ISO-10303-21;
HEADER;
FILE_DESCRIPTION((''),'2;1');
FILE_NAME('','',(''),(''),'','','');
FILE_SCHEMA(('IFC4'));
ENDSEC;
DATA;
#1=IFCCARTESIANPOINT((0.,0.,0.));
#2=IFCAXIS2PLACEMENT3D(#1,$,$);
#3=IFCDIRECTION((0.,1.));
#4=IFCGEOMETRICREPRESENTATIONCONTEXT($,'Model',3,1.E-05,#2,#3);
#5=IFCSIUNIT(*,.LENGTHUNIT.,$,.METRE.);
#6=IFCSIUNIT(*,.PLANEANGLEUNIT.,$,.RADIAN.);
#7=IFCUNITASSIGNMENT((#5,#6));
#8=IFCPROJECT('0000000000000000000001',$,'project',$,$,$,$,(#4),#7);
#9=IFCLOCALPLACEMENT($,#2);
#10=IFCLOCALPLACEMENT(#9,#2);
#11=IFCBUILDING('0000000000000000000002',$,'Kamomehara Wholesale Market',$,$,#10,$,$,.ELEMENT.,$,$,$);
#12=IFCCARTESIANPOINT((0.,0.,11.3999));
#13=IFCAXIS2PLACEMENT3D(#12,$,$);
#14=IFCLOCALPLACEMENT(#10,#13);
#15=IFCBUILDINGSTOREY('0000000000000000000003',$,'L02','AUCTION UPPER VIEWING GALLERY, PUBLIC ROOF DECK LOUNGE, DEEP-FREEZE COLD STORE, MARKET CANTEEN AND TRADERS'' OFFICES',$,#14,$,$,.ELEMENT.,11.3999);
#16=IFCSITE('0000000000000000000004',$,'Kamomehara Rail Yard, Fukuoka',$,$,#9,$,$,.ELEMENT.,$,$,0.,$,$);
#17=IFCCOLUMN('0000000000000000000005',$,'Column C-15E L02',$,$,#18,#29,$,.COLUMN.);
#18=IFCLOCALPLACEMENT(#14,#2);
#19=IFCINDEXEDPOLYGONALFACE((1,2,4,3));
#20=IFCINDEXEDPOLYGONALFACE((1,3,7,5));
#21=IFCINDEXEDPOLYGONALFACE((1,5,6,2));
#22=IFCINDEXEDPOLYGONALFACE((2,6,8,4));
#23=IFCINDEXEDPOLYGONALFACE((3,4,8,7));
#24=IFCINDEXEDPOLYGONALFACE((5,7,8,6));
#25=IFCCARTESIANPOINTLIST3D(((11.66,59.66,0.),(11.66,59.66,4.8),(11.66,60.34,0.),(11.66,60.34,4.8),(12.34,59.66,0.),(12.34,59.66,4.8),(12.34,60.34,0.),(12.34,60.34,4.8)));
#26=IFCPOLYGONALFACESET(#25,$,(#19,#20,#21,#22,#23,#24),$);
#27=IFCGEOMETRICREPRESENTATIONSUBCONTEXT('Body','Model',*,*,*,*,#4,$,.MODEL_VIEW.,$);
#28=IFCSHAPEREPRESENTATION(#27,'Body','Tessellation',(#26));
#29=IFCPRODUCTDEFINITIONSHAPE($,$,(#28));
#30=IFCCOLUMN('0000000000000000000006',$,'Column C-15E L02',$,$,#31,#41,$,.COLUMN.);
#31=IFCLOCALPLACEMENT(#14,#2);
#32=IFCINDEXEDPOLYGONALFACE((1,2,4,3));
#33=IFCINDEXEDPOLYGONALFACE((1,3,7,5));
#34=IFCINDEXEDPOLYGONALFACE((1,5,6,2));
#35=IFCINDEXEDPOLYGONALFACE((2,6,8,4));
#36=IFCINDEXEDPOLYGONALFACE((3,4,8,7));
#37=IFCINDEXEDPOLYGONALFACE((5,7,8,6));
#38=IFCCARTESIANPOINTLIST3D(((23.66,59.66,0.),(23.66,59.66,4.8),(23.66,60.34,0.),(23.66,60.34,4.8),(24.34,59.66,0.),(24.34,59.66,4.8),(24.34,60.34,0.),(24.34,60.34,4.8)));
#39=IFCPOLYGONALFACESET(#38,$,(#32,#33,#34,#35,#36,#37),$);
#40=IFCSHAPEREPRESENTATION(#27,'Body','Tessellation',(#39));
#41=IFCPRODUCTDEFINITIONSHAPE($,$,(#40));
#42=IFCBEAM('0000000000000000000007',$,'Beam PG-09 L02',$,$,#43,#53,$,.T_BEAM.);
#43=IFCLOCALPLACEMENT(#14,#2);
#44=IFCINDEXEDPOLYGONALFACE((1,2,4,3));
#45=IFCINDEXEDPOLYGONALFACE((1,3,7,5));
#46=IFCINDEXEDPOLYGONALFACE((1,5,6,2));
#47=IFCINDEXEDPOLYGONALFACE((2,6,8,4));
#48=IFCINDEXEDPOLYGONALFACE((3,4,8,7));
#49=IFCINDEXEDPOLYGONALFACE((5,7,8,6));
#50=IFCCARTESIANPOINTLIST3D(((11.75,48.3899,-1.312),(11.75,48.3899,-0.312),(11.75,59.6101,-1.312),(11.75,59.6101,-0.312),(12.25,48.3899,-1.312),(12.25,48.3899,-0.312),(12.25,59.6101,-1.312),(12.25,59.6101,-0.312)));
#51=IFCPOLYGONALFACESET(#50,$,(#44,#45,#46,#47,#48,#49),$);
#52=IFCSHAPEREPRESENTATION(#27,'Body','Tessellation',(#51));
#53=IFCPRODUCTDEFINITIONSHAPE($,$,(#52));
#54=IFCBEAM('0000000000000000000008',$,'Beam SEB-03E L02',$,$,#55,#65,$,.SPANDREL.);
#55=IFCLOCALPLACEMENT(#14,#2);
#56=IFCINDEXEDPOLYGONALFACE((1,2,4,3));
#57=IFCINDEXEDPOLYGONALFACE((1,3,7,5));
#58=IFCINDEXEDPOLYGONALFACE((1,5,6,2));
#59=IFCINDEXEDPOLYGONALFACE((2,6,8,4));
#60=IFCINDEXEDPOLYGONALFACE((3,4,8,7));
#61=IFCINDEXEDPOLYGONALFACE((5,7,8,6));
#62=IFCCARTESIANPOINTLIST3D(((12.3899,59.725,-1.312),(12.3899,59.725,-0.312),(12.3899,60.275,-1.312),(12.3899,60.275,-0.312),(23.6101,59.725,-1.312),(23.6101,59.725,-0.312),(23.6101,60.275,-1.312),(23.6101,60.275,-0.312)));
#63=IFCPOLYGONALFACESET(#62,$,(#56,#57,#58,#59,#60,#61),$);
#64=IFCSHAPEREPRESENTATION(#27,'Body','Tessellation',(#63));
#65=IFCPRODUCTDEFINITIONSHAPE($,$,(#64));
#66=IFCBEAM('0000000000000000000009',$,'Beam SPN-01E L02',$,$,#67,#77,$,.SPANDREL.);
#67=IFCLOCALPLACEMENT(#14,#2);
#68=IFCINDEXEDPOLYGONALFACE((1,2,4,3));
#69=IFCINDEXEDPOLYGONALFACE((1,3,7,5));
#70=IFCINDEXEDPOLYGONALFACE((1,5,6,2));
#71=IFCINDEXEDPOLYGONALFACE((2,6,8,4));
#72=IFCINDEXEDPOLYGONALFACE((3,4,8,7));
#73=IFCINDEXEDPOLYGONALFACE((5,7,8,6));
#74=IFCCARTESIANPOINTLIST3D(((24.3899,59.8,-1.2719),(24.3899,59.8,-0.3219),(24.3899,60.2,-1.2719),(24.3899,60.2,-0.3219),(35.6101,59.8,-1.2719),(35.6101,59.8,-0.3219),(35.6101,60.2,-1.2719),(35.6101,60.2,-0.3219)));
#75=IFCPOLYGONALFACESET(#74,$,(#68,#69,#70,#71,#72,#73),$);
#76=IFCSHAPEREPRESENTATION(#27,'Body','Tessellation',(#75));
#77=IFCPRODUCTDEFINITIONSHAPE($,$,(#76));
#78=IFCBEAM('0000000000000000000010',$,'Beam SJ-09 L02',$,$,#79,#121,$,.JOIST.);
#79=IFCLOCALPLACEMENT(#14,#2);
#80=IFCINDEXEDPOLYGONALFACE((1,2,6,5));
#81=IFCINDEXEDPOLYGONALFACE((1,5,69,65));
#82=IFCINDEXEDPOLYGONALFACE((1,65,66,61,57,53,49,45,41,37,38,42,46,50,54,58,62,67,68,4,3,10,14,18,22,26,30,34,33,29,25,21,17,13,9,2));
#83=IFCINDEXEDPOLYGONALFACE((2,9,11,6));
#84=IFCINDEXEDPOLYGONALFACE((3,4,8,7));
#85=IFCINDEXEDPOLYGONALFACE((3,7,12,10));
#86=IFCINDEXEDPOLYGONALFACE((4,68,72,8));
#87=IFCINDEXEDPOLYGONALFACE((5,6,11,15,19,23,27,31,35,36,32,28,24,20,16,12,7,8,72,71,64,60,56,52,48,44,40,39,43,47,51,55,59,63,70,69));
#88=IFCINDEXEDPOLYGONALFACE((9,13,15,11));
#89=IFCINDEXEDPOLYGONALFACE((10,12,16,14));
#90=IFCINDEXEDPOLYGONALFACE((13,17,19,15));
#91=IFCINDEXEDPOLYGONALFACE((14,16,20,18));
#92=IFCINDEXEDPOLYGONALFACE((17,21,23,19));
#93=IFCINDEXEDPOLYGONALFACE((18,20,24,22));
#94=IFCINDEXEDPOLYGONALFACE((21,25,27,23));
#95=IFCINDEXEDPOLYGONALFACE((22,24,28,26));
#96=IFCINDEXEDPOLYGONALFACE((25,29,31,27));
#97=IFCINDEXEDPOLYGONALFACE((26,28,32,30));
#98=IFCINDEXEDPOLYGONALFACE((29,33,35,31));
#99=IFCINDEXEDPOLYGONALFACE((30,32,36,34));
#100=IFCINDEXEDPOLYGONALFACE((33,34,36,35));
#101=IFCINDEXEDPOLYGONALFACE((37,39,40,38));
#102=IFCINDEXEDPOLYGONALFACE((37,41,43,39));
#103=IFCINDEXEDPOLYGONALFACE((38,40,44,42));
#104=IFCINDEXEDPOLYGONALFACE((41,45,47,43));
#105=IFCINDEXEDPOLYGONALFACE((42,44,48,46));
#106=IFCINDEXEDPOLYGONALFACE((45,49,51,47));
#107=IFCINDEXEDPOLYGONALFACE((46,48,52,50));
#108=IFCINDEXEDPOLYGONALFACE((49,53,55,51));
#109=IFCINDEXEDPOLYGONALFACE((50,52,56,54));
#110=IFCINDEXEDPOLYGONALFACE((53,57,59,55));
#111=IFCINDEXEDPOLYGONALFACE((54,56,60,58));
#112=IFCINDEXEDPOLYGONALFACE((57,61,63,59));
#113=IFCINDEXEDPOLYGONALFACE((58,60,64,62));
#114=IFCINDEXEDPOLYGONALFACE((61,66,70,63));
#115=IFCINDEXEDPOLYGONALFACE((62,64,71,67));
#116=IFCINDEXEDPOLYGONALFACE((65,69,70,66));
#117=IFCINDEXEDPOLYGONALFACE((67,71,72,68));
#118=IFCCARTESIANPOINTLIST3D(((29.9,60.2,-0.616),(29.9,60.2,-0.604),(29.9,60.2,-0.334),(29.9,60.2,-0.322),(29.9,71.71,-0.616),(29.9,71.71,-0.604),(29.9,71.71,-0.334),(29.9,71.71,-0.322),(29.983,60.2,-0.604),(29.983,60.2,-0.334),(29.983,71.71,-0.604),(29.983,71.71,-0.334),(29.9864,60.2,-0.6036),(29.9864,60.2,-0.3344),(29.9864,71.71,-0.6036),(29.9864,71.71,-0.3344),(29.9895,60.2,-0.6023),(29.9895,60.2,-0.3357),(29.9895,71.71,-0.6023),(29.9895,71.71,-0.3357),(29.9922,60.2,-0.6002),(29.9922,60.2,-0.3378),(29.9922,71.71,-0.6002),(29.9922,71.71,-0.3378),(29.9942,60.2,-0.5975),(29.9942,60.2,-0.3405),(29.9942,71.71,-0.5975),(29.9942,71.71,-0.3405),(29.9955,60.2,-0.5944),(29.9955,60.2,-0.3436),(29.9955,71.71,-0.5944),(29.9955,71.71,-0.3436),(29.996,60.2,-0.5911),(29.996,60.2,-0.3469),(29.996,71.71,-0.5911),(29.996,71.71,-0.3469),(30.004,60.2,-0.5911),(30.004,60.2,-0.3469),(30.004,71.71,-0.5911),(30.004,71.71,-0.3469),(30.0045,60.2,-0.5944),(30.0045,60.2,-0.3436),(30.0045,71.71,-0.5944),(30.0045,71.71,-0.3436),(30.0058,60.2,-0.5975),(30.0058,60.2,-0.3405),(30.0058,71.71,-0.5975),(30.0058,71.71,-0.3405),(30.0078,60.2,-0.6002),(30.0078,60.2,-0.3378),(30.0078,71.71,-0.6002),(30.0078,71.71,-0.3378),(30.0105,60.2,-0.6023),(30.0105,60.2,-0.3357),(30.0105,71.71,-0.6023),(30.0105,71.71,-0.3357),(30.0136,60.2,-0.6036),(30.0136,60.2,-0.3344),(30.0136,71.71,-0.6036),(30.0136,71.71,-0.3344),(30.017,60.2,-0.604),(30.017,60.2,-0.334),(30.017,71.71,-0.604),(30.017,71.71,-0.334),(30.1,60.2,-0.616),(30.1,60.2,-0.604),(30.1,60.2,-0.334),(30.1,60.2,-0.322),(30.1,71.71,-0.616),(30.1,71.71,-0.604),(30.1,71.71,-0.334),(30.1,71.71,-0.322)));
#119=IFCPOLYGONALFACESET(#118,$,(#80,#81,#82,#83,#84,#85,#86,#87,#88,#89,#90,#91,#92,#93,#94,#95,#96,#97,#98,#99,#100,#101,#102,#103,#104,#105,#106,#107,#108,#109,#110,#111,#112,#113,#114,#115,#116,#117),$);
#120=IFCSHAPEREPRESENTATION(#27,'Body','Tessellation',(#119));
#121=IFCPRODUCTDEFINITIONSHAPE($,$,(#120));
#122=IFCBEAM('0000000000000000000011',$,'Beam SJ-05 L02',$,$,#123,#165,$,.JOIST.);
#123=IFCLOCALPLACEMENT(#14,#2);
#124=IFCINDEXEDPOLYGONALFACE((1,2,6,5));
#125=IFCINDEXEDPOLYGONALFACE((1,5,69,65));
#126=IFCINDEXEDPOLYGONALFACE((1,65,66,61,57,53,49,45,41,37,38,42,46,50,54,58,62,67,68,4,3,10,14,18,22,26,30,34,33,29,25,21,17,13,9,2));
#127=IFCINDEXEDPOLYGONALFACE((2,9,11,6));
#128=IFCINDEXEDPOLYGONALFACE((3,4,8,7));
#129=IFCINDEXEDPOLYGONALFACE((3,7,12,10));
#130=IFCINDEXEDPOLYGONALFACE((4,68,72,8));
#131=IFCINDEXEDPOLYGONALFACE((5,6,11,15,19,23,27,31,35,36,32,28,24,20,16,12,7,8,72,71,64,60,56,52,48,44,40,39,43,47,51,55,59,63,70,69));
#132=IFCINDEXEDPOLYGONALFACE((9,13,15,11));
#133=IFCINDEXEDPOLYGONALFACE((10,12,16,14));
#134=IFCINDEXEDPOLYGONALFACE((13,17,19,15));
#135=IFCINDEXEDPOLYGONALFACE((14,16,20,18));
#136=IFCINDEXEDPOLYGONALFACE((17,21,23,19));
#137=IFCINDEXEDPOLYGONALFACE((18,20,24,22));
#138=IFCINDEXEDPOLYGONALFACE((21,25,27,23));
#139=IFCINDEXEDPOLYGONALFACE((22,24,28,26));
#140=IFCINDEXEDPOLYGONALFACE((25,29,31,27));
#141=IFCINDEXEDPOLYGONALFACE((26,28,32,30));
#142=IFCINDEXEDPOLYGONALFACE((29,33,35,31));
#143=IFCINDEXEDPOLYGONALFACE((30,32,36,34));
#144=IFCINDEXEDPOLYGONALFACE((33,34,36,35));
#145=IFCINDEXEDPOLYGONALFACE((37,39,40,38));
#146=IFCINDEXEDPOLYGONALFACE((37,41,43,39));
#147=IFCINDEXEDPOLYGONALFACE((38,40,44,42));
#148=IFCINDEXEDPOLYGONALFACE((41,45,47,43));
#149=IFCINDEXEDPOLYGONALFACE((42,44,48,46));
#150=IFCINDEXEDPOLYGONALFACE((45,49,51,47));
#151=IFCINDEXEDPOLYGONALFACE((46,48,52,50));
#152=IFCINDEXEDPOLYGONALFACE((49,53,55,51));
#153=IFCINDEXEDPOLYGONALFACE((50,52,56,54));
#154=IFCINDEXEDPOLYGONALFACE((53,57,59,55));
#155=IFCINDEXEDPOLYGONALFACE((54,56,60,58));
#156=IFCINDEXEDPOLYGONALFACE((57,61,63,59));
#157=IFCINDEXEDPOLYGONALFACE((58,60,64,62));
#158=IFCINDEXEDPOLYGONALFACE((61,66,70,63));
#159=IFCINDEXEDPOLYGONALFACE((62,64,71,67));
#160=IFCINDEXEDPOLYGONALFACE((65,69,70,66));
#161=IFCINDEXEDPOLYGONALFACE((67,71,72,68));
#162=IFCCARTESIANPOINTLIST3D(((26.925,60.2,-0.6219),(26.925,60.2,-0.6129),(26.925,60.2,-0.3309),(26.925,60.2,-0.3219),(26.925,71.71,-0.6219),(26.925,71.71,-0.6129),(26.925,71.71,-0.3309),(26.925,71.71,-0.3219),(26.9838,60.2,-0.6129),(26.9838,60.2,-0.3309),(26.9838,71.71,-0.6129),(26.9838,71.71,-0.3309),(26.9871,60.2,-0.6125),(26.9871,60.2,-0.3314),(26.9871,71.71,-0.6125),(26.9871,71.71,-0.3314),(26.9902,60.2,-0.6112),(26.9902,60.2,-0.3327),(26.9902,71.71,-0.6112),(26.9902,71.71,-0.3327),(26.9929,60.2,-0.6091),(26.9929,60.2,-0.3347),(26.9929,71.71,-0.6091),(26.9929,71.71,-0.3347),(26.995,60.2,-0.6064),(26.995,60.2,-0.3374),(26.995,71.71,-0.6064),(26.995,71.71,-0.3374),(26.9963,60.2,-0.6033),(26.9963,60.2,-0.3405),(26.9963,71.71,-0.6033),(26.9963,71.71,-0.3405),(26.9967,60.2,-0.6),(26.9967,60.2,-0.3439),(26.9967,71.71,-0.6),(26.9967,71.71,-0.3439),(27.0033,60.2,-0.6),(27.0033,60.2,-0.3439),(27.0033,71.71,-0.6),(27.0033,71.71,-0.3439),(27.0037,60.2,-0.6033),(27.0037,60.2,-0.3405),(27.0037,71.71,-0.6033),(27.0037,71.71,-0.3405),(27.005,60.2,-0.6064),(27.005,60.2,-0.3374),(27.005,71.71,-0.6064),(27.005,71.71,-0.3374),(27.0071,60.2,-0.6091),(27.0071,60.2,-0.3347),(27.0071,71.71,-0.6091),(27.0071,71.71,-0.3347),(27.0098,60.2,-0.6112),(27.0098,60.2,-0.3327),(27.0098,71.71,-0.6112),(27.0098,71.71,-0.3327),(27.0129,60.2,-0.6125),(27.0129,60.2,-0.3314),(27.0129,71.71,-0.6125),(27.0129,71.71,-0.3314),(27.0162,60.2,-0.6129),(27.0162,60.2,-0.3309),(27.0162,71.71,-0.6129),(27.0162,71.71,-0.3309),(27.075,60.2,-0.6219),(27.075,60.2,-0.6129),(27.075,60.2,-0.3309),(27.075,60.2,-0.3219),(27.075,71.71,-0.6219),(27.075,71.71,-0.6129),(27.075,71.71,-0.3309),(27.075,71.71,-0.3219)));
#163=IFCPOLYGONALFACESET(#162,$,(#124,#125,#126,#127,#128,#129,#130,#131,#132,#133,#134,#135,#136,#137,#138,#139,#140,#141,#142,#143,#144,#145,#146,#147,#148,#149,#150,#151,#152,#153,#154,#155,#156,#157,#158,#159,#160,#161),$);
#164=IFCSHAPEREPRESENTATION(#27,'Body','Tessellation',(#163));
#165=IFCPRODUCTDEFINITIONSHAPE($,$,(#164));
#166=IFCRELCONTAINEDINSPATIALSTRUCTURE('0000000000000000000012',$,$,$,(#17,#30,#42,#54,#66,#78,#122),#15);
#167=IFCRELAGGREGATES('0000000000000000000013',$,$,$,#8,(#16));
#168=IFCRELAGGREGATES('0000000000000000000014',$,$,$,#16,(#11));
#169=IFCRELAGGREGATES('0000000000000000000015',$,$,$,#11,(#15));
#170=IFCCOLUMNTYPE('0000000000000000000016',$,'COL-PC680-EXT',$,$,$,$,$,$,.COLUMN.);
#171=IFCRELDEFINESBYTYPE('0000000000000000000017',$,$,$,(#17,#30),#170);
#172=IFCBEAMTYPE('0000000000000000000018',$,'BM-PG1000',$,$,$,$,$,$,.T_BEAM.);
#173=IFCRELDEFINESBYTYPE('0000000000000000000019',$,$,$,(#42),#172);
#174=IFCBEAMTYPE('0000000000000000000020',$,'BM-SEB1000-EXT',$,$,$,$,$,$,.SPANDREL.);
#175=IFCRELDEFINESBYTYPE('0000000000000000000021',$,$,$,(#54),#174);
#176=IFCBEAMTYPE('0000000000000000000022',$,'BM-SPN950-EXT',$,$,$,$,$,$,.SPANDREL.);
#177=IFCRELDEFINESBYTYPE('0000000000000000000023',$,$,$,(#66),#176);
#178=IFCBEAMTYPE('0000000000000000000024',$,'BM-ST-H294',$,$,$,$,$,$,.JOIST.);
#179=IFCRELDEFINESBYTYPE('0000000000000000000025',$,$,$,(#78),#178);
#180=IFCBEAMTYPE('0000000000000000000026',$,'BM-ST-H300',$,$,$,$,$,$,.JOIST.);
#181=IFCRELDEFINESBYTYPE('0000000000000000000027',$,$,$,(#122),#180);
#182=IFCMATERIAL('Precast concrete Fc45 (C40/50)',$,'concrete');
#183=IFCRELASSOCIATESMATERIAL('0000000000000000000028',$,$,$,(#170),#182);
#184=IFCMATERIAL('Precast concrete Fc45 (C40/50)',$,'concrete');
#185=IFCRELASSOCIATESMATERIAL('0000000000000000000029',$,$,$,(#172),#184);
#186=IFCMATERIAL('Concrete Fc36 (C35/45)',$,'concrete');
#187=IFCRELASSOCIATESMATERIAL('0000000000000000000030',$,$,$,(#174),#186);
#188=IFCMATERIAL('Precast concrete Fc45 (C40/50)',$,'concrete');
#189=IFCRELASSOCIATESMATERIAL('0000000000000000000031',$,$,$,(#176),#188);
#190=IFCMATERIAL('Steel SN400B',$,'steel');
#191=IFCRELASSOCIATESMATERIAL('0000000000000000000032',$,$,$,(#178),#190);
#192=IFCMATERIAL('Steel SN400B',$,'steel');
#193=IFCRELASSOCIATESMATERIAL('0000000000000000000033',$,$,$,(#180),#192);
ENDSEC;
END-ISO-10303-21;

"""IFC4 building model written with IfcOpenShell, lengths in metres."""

from ifc_helpers import new_model, si_unit, direction, frame, origin, origin_2d, place, context, subcontext, project, spatial, rectangle, i_section, extrude, material, material_profile, profile_set, type_object, element, save


model = new_model("IFC4")

# Units and contexts
model_context = context("Model", 3, precision=1e-05, world=origin(), true_north=direction((0.0, 1.0)))
body_context = subcontext(model_context, "Body", "Model", "MODEL_VIEW")
ifc_project = project(units=[si_unit("LENGTHUNIT", "METRE"), si_unit("PLANEANGLEUNIT", "RADIAN")], contexts=[model_context])

# Site, building, storey
site_placement = place(None, origin())
site = spatial("IfcSite", under=ifc_project, at=site_placement, Name="Kamomehara Rail Yard, Fukuoka", CompositionType="ELEMENT", RefElevation=0.0)
building_placement = place(site_placement, origin())
building = spatial("IfcBuilding", under=site, at=building_placement, Name="Kamomehara Wholesale Market", CompositionType="ELEMENT")
storey_placement = place(building_placement, frame((0.0, 0.0, 11.3999)))
storey = spatial("IfcBuildingStorey", under=building, at=storey_placement, Name="L02", Description="AUCTION UPPER VIEWING GALLERY, PUBLIC ROOF DECK LOUNGE, DEEP-FREEZE COLD STORE, MARKET CANTEEN AND TRADERS' OFFICES", CompositionType="ELEMENT", Elevation=11.3999)

# Columns
ifc_material_1 = material(Name="Precast concrete Fc45 (C40/50)", Category="concrete")
ifc_material_profile_1 = material_profile(ifc_material_1, rectangle(XDim=0.6799, YDim=0.6799, at=origin_2d()), Name="PC-COL-680x680")
ifc_profile_set_1 = profile_set([ifc_material_profile_1], Name="Precast concrete Fc45 (C40/50)")
column_type = type_object("IfcColumnType", Name="COL-PC680-EXT", PredefinedType="COLUMN", material=ifc_profile_set_1)
for number, where, z_axis, x_axis, name in (
    (1, (12.0, 60.0, 0.0), (0.0, 0.0, 1.0), (1.0, 0.0, 0.0), "Column C-15E L02"),
    (2, (24.0, 60.0, 0.0), (0.0, 0.0, 1.0), (1.0, 0.0, 0.0), "Column C-15E L02"),
):
    element("IfcColumn", number, at=place(storey_placement, frame(where, z_axis=z_axis, x_axis=x_axis)), inside=storey, type_object=column_type, Name=name, PredefinedType="COLUMN", context=body_context, shape_type="SweptSolid", body=[
        extrude(rectangle(XDim=0.6799, YDim=0.6799, at=origin_2d()), origin(), (0.0, 0.0, 1.0), 4.8),
    ])

# Beams
ifc_material_2 = material(Name="Precast concrete Fc45 (C40/50)", Category="concrete")
ifc_material_profile_2 = material_profile(ifc_material_2, rectangle(XDim=0.5, YDim=1.0, at=origin_2d()), Name="PC-GRD-500x1000")
ifc_profile_set_2 = profile_set([ifc_material_profile_2], Name="Precast concrete Fc45 (C40/50)")
beam_type_1 = type_object("IfcBeamType", Name="BM-PG1000", PredefinedType="T_BEAM", material=ifc_profile_set_2)
beam_1_placement = place(storey_placement, frame((12.0, 48.3899, -0.812), z_axis=(0.0, 1.0, 0.0), x_axis=(-1.0, 0.0, 0.0)))
element("IfcBeam", 3, at=beam_1_placement, inside=storey, type_object=beam_type_1, Name="Beam PG-09 L02", PredefinedType="T_BEAM", context=body_context, shape_type="SweptSolid", body=[
    extrude(rectangle(XDim=0.5, YDim=1.0, at=origin_2d()), origin(), (0.0, 0.0, 1.0), 11.2202),
])
ifc_material_3 = material(Name="Concrete Fc36 (C35/45)", Category="concrete")
ifc_material_profile_3 = material_profile(ifc_material_3, rectangle(XDim=0.55, YDim=1.0, at=origin_2d()), Name="RC-SEB-550x1000")
ifc_profile_set_3 = profile_set([ifc_material_profile_3], Name="Concrete Fc36 (C35/45)")
beam_type_2 = type_object("IfcBeamType", Name="BM-SEB1000-EXT", PredefinedType="SPANDREL", material=ifc_profile_set_3)
beam_2_placement = place(storey_placement, frame((12.3899, 60.0, -0.812), z_axis=(1.0, 0.0, 0.0), x_axis=(0.0, 1.0, 0.0)))
element("IfcBeam", 4, at=beam_2_placement, inside=storey, type_object=beam_type_2, Name="Beam SEB-03E L02", PredefinedType="SPANDREL", context=body_context, shape_type="SweptSolid", body=[
    extrude(rectangle(XDim=0.55, YDim=1.0, at=origin_2d()), origin(), (0.0, 0.0, 1.0), 11.2202),
])
ifc_material_4 = material(Name="Precast concrete Fc45 (C40/50)", Category="concrete")
ifc_material_profile_4 = material_profile(ifc_material_4, rectangle(XDim=0.3999, YDim=0.95, at=origin_2d()), Name="PC-SPN-400x950")
ifc_profile_set_4 = profile_set([ifc_material_profile_4], Name="Precast concrete Fc45 (C40/50)")
beam_type_3 = type_object("IfcBeamType", Name="BM-SPN950-EXT", PredefinedType="SPANDREL", material=ifc_profile_set_4)
beam_3_placement = place(storey_placement, frame((24.3899, 60.0, -0.7969), z_axis=(1.0, 0.0, 0.0), x_axis=(0.0, 1.0, 0.0)))
element("IfcBeam", 5, at=beam_3_placement, inside=storey, type_object=beam_type_3, Name="Beam SPN-01E L02", PredefinedType="SPANDREL", context=body_context, shape_type="SweptSolid", body=[
    extrude(rectangle(XDim=0.3999, YDim=0.95, at=origin_2d()), origin(), (0.0, 0.0, 1.0), 11.2202),
])
ifc_material_5 = material(Name="Steel SN400B", Category="steel")
ifc_material_profile_5 = material_profile(ifc_material_5, i_section(OverallWidth=0.2, OverallDepth=0.2939, WebThickness=0.0081, FlangeThickness=0.012, FilletRadius=0.0129, at=origin_2d()), Name="H-294x200x8x12")
ifc_profile_set_5 = profile_set([ifc_material_profile_5], Name="Steel SN400B")
beam_type_4 = type_object("IfcBeamType", Name="BM-ST-H294", PredefinedType="JOIST", material=ifc_profile_set_5)
beam_4_placement = place(storey_placement, frame((30.0, 60.2, -0.469), z_axis=(0.0, 1.0, 0.0), x_axis=(-1.0, 0.0, 0.0)))
element("IfcBeam", 6, at=beam_4_placement, inside=storey, type_object=beam_type_4, Name="Beam SJ-09 L02", PredefinedType="JOIST", context=body_context, shape_type="SweptSolid", body=[
    extrude(i_section(OverallWidth=0.2, OverallDepth=0.2939, WebThickness=0.0081, FlangeThickness=0.012, FilletRadius=0.0129, at=origin_2d()), origin(), (0.0, 0.0, 1.0), 11.51),
])
ifc_material_6 = material(Name="Steel SN400B", Category="steel")
ifc_material_profile_6 = material_profile(ifc_material_6, i_section(OverallWidth=0.1499, OverallDepth=0.3, WebThickness=0.0066, FlangeThickness=0.009, FilletRadius=0.0129, at=origin_2d()), Name="H-300x150x6.5x9")
ifc_profile_set_6 = profile_set([ifc_material_profile_6], Name="Steel SN400B")
beam_type_5 = type_object("IfcBeamType", Name="BM-ST-H300", PredefinedType="JOIST", material=ifc_profile_set_6)
beam_5_placement = place(storey_placement, frame((27.0, 60.2, -0.4719), z_axis=(0.0, 1.0, 0.0), x_axis=(-1.0, 0.0, 0.0)))
element("IfcBeam", 7, at=beam_5_placement, inside=storey, type_object=beam_type_5, Name="Beam SJ-05 L02", PredefinedType="JOIST", context=body_context, shape_type="SweptSolid", body=[
    extrude(i_section(OverallWidth=0.1499, OverallDepth=0.3, WebThickness=0.0066, FlangeThickness=0.009, FilletRadius=0.0129, at=origin_2d()), origin(), (0.0, 0.0, 1.0), 11.51),
])

save(model, "model.ifc")
